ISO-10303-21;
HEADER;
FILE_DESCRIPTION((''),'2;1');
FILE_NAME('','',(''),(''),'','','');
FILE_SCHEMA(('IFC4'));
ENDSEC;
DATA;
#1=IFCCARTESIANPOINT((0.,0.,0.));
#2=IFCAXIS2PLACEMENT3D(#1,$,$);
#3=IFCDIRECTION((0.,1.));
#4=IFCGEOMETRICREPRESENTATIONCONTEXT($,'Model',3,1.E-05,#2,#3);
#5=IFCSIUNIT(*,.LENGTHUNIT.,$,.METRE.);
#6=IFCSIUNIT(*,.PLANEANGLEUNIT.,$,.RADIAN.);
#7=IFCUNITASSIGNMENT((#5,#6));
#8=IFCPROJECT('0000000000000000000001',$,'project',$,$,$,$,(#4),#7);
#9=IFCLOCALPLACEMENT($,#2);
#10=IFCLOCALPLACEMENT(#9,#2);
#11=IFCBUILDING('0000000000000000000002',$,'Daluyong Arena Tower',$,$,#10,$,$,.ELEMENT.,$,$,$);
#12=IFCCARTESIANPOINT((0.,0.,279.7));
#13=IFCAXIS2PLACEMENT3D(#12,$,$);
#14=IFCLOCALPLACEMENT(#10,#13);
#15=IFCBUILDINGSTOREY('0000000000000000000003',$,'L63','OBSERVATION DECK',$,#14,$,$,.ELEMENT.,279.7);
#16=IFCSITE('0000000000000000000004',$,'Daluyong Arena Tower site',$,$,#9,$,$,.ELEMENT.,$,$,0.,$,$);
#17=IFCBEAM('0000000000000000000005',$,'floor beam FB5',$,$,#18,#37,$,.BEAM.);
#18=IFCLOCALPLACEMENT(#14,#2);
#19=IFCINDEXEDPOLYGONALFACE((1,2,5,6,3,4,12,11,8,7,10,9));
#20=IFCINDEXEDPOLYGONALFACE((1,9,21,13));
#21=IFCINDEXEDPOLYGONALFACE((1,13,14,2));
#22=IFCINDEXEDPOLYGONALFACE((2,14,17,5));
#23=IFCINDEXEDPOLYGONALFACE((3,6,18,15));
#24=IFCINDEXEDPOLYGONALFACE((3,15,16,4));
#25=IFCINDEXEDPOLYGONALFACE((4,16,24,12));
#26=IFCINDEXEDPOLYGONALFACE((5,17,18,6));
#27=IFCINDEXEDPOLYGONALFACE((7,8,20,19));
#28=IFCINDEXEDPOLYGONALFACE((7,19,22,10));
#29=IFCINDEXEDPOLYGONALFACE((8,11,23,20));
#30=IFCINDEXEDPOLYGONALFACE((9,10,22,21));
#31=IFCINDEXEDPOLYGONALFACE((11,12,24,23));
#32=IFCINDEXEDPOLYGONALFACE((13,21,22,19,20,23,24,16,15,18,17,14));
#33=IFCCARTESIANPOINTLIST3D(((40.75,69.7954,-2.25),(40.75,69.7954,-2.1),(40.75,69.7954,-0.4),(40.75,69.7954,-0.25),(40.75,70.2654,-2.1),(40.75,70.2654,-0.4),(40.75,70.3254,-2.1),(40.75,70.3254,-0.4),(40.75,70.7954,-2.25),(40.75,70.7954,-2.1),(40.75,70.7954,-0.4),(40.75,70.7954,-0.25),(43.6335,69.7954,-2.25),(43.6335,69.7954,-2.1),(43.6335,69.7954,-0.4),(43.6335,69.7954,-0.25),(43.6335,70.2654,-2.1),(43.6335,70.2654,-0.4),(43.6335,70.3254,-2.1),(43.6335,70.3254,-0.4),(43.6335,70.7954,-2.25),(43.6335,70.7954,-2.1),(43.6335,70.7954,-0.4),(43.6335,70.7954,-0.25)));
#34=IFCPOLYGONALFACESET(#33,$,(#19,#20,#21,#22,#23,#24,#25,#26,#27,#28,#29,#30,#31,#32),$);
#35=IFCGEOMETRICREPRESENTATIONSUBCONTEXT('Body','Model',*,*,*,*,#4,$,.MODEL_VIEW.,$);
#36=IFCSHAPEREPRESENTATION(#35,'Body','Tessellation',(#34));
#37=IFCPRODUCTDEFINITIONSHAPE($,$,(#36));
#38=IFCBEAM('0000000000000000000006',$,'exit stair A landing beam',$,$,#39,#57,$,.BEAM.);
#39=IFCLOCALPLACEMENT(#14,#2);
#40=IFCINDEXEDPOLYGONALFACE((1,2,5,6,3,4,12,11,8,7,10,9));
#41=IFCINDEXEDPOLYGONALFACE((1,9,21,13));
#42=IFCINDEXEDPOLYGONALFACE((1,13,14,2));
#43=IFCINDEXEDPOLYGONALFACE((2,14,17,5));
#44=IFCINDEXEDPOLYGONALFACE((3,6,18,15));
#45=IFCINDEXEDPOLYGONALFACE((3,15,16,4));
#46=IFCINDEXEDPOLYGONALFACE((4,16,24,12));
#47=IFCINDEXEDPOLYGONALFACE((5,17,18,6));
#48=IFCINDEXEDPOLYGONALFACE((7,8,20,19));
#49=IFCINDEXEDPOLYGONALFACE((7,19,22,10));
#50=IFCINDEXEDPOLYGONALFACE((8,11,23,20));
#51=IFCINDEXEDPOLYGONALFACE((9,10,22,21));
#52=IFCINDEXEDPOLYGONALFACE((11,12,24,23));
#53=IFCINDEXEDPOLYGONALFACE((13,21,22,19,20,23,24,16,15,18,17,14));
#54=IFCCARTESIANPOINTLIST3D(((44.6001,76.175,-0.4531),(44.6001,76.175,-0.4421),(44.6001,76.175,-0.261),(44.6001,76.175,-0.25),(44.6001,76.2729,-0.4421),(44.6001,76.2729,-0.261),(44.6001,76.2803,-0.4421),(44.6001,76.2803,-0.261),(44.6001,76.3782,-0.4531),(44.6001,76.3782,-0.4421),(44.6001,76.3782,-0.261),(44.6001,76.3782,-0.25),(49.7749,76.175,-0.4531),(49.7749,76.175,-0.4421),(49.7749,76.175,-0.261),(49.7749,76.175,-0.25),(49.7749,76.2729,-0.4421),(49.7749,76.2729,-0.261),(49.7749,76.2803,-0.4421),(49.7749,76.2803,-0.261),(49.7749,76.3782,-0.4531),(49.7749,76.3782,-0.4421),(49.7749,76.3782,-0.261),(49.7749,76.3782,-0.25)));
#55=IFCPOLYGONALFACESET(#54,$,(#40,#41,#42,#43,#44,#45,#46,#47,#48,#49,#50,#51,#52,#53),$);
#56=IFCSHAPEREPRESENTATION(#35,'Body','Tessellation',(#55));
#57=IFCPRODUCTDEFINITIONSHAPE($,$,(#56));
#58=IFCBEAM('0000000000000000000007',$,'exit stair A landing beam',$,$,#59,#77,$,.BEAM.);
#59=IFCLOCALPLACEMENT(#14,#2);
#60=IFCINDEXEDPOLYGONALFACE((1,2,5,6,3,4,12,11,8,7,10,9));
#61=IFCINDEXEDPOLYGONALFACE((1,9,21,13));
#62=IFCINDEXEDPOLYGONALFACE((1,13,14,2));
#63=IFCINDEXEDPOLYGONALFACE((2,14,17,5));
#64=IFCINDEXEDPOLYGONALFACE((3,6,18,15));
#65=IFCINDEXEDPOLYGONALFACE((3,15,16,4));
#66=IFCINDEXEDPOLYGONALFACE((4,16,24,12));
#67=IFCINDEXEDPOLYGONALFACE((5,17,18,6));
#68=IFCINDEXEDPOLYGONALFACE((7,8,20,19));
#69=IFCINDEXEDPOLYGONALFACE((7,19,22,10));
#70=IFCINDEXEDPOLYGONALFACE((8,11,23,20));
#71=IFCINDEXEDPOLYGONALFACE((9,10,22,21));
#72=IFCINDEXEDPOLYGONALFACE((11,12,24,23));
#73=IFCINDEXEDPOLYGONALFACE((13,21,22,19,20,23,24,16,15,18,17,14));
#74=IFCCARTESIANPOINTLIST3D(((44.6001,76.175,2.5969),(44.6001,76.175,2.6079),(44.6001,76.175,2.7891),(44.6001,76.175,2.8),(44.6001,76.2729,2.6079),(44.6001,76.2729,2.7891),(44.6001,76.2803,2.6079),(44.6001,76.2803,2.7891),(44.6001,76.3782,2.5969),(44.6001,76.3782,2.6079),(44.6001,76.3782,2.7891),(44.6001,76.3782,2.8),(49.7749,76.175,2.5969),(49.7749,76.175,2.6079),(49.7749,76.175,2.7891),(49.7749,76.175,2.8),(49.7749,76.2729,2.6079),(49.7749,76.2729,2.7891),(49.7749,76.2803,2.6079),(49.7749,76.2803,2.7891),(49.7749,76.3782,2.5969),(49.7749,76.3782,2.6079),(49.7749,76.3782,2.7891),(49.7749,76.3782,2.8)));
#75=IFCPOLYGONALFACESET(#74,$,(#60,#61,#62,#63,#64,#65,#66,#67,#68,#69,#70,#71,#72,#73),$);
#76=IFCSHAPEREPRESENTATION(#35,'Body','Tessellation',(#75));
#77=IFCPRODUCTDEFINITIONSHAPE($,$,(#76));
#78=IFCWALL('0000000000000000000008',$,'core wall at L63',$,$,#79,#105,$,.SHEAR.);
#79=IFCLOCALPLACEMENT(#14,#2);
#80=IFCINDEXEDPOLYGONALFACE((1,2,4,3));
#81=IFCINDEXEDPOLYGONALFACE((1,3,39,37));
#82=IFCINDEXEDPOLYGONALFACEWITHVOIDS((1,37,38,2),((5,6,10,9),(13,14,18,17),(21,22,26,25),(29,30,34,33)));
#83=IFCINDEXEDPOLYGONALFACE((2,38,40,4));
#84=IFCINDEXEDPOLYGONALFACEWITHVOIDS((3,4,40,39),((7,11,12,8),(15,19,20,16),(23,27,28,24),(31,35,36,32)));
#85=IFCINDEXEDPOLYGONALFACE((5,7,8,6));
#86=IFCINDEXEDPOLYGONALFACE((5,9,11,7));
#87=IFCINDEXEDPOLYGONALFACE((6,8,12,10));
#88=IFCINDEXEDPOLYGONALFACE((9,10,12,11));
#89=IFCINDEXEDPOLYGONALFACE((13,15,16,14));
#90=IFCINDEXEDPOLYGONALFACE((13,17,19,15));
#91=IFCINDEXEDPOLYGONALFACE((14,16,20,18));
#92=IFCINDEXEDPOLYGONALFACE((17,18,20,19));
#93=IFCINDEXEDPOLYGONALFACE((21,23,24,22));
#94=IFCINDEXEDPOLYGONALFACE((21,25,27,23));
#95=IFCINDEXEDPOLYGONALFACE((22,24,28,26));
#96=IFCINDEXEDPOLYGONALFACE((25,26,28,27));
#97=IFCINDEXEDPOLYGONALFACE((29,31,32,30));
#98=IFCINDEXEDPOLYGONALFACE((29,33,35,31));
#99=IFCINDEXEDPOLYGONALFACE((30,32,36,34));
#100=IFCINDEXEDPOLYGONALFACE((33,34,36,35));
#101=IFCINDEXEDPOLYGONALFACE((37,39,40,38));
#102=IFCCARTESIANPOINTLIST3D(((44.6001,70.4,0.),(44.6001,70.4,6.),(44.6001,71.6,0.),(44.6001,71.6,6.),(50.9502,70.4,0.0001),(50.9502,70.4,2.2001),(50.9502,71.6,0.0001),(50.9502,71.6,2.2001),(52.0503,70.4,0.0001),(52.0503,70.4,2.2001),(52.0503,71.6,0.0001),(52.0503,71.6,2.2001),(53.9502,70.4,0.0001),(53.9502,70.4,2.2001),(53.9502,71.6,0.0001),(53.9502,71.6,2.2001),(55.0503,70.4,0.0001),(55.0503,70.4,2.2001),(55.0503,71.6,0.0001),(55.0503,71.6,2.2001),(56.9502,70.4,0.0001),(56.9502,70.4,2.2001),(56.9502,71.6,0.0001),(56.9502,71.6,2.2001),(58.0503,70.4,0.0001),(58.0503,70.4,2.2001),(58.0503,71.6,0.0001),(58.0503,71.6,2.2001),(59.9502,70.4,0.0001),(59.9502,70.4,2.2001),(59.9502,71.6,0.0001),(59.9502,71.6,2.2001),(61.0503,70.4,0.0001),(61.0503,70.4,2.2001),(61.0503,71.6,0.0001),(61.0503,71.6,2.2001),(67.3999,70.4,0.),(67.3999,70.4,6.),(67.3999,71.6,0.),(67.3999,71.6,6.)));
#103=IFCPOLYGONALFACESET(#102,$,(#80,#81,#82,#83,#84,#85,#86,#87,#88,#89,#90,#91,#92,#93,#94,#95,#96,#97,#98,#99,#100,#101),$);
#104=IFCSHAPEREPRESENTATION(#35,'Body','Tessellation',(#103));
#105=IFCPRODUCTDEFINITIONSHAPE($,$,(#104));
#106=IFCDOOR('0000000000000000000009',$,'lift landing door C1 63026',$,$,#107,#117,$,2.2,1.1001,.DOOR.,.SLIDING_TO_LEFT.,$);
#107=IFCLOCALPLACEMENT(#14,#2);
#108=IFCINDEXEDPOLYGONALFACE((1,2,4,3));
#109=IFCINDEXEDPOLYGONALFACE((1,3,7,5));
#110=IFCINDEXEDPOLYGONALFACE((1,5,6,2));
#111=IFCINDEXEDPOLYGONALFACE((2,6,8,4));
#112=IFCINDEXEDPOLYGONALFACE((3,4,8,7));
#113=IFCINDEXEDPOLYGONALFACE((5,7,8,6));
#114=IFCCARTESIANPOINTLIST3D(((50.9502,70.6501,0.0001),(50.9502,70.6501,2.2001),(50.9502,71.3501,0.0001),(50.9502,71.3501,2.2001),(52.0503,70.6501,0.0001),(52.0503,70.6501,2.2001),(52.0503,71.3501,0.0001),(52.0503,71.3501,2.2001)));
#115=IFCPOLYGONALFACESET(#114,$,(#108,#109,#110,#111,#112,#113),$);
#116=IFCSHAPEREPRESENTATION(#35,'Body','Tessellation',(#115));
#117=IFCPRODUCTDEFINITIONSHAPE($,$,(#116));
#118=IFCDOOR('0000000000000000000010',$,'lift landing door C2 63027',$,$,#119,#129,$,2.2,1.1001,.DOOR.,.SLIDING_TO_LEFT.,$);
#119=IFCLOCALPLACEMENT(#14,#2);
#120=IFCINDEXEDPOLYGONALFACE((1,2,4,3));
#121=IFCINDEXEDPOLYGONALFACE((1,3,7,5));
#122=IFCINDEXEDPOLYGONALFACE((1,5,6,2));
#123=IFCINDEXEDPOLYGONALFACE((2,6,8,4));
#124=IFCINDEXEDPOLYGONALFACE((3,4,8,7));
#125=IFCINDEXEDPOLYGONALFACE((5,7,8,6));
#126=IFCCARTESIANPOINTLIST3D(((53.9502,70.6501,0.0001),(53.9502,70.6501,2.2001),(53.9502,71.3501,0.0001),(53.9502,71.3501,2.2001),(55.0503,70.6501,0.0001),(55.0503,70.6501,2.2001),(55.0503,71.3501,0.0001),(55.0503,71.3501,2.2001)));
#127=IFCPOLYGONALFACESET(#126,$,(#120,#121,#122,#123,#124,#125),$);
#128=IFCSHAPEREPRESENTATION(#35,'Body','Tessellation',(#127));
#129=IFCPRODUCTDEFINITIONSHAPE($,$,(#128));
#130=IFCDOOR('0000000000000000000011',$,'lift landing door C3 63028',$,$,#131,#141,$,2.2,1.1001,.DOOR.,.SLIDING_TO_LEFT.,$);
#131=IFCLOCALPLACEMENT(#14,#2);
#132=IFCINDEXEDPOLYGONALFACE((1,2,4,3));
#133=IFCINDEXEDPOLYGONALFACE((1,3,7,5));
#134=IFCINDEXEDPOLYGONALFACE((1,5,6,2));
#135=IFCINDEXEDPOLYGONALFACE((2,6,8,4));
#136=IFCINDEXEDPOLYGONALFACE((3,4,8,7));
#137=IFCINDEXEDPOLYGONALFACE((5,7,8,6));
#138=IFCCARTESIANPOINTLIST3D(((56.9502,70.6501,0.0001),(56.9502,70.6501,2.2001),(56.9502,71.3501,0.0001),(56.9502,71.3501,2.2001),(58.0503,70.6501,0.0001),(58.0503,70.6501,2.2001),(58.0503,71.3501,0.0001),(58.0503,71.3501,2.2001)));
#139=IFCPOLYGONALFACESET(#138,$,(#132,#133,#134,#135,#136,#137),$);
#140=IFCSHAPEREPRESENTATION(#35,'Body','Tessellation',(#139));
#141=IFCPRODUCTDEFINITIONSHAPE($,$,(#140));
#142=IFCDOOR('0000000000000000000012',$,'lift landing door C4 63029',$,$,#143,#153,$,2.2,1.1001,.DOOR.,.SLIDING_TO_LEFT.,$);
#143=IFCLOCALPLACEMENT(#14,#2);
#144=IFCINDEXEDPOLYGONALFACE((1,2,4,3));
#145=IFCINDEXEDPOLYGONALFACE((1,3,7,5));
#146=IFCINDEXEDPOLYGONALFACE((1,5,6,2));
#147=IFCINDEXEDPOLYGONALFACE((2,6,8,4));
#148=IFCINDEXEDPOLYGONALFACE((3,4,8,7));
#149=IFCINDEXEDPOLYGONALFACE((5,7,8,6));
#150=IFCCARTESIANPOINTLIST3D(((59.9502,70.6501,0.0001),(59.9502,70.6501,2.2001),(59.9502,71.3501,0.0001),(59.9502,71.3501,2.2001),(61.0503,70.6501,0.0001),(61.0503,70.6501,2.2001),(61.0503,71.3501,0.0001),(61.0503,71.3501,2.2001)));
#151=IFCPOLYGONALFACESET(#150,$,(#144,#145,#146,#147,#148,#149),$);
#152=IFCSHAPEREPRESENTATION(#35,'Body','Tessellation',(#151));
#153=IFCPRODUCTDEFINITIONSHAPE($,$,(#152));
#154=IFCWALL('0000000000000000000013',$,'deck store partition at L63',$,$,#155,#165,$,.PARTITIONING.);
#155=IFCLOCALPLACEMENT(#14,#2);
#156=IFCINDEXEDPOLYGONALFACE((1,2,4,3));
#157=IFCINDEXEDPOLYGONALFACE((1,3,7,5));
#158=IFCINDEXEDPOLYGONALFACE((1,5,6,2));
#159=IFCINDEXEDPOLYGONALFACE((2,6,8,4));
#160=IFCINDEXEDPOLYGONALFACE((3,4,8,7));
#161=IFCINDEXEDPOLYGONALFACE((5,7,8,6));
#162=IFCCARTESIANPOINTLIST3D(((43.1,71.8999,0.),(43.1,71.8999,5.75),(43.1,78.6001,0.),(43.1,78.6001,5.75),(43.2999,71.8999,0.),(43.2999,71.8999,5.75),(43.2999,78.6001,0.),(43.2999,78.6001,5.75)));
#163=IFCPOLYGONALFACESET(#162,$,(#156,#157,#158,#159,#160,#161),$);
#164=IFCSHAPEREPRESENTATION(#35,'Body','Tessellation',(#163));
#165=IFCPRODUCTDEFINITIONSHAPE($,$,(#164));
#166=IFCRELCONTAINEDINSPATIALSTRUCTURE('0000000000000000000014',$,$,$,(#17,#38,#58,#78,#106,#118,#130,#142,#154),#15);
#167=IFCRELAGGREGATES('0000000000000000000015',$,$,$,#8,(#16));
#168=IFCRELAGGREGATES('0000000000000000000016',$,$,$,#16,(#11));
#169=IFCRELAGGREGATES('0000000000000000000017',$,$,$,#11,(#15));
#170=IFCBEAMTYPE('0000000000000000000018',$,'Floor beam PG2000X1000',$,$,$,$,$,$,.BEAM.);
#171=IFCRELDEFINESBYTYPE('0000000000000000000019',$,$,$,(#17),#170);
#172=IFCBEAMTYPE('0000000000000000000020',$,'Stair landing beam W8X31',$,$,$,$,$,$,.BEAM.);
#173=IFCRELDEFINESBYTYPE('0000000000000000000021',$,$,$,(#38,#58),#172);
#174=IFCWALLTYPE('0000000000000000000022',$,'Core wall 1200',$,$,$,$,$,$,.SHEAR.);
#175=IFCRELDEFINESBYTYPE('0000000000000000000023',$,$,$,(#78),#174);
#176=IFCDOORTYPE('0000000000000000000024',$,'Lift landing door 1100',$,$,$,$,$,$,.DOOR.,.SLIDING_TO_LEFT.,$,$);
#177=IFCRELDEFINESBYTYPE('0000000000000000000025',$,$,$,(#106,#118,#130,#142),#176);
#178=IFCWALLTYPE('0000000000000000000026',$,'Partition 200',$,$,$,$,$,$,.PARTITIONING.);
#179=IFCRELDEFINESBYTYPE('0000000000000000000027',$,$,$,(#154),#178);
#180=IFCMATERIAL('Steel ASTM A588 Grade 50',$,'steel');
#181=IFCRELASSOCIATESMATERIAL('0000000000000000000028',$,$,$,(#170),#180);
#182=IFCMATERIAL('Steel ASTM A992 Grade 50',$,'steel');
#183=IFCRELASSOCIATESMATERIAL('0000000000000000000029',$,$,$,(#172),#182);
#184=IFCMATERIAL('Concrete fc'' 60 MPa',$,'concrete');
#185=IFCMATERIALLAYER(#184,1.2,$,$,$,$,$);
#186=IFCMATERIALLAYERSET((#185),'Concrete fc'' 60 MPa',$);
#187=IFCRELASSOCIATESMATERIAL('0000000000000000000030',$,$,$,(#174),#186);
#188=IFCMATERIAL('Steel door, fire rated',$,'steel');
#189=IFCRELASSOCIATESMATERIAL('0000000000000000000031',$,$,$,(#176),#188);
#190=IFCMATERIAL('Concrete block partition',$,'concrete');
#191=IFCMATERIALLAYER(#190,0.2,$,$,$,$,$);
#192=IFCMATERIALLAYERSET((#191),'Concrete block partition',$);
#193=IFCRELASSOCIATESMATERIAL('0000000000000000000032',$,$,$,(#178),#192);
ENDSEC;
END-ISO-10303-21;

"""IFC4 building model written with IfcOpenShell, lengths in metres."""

from ifc_helpers import new_model, si_unit, direction, frame, frame_2d, origin, origin_2d, place, context, subcontext, project, spatial, rectangle, i_section, extrude, material, layer, layer_set, material_profile, profile_set, type_object, element, fill, save


model = new_model("IFC4")

# Units and contexts
model_context = context("Model", 3, precision=1e-05, world=origin(), true_north=direction((0.0, 1.0)))
body_context = subcontext(model_context, "Body", "Model", "MODEL_VIEW")
ifc_project = project(units=[si_unit("LENGTHUNIT", "METRE"), si_unit("PLANEANGLEUNIT", "RADIAN")], contexts=[model_context])

# Site, building, storey
site_placement = place(None, origin())
site = spatial("IfcSite", under=ifc_project, at=site_placement, Name="Daluyong Arena Tower site", CompositionType="ELEMENT", RefElevation=0.0)
building_placement = place(site_placement, origin())
building = spatial("IfcBuilding", under=site, at=building_placement, Name="Daluyong Arena Tower", CompositionType="ELEMENT")
storey_placement = place(building_placement, frame((0.0, 0.0, 279.7)))
storey = spatial("IfcBuildingStorey", under=building, at=storey_placement, Name="L63", Description="OBSERVATION DECK", CompositionType="ELEMENT", Elevation=279.7)

# Beams
ifc_material_1 = material(Name="Steel ASTM A588 Grade 50", Category="steel")
ifc_material_profile_1 = material_profile(ifc_material_1, i_section(OverallWidth=1.0, OverallDepth=2.0, WebThickness=0.06, FlangeThickness=0.15, at=origin_2d()))
ifc_profile_set_1 = profile_set([ifc_material_profile_1], Name="Steel ASTM A588 Grade 50")
beam_type_1 = type_object("IfcBeamType", Name="Floor beam PG2000X1000", PredefinedType="BEAM", material=ifc_profile_set_1)
beam_placement = place(storey_placement, frame((40.75, 70.2954, -1.25), z_axis=(1.0, 0.0, 0.0), x_axis=(0.0, 1.0, 0.0)))
element("IfcBeam", 1, at=beam_placement, inside=storey, type_object=beam_type_1, Name="floor beam FB5", PredefinedType="BEAM", context=body_context, shape_type="SweptSolid", body=[
    extrude(i_section(OverallWidth=1.0, OverallDepth=2.0, WebThickness=0.06, FlangeThickness=0.15, at=origin_2d()), origin(), (0.0, 0.0, 1.0), 2.8835),
])
ifc_material_2 = material(Name="Steel ASTM A992 Grade 50", Category="steel")
ifc_material_profile_2 = material_profile(ifc_material_2, i_section(OverallWidth=0.2031, OverallDepth=0.2031, WebThickness=0.0073, FlangeThickness=0.011, at=origin_2d()))
ifc_profile_set_2 = profile_set([ifc_material_profile_2], Name="Steel ASTM A992 Grade 50")
beam_type_2 = type_object("IfcBeamType", Name="Stair landing beam W8X31", PredefinedType="BEAM", material=ifc_profile_set_2)
for number, where, z_axis, x_axis, name in (
    (2, (44.6001, 76.2766, -0.3516), (1.0, 0.0, 0.0), (0.0, 1.0, 0.0), "exit stair A landing beam"),
    (3, (44.6001, 76.2766, 2.6985), (1.0, 0.0, 0.0), (0.0, 1.0, 0.0), "exit stair A landing beam"),
):
    element("IfcBeam", number, at=place(storey_placement, frame(where, z_axis=z_axis, x_axis=x_axis)), inside=storey, type_object=beam_type_2, Name=name, PredefinedType="BEAM", context=body_context, shape_type="SweptSolid", body=[
        extrude(i_section(OverallWidth=0.2031, OverallDepth=0.2031, WebThickness=0.0073, FlangeThickness=0.011, at=origin_2d()), origin(), (0.0, 0.0, 1.0), 5.1748),
    ])

# Shared definitions
ifc_material_3 = material(Name="Concrete fc' 60 MPa", Category="concrete")
ifc_layer_1 = layer(ifc_material_3, 1.2)
ifc_layer_set_1 = layer_set([ifc_layer_1], Name="Concrete fc' 60 MPa")
wall_type_1 = type_object("IfcWallType", Name="Core wall 1200", PredefinedType="SHEAR", material=ifc_layer_set_1)

# Wall, openings, doors
wall_1_placement = place(storey_placement, frame((44.6001, 71.0, 0.0), z_axis=(0.0, 0.0, 1.0), x_axis=(1.0, 0.0, 0.0)))
wall_1 = element("IfcWall", 4, at=wall_1_placement, inside=storey, type_object=wall_type_1, Name="core wall at L63", PredefinedType="SHEAR", context=body_context, shape_type="SweptSolid", body=[
    extrude(rectangle(XDim=22.7998, YDim=1.2, at=frame_2d((11.3999, 0.0))), origin(), (0.0, 0.0, 1.0), 6.0),
])
opening_1_placement = place(wall_1_placement, frame((6.3501, 0.0, 0.0)))
opening_1 = element("IfcOpeningElement", 5, at=opening_1_placement, cuts=wall_1, PredefinedType="OPENING", context=body_context, shape_type="SweptSolid", body=[
    extrude(rectangle(XDim=1.1001, YDim=2.2, at=frame_2d((0.55, 1.1001))), frame((0.0, 0.6099, 0.0), z_axis=(0.0, -1.0, 0.0), x_axis=(1.0, 0.0, 0.0)), (0.0, 0.0, 1.0), 1.22),
])
opening_2_placement = place(wall_1_placement, frame((9.3501, 0.0, 0.0)))
opening_2 = element("IfcOpeningElement", 6, at=opening_2_placement, cuts=wall_1, PredefinedType="OPENING", context=body_context, shape_type="SweptSolid", body=[
    extrude(rectangle(XDim=1.1001, YDim=2.2, at=frame_2d((0.55, 1.1001))), frame((0.0, 0.6099, 0.0), z_axis=(0.0, -1.0, 0.0), x_axis=(1.0, 0.0, 0.0)), (0.0, 0.0, 1.0), 1.22),
])
opening_3_placement = place(wall_1_placement, frame((12.3501, 0.0, 0.0)))
opening_3 = element("IfcOpeningElement", 7, at=opening_3_placement, cuts=wall_1, PredefinedType="OPENING", context=body_context, shape_type="SweptSolid", body=[
    extrude(rectangle(XDim=1.1001, YDim=2.2, at=frame_2d((0.55, 1.1001))), frame((0.0, 0.6099, 0.0), z_axis=(0.0, -1.0, 0.0), x_axis=(1.0, 0.0, 0.0)), (0.0, 0.0, 1.0), 1.22),
])
opening_4_placement = place(wall_1_placement, frame((15.3501, 0.0, 0.0)))
opening_4 = element("IfcOpeningElement", 8, at=opening_4_placement, cuts=wall_1, PredefinedType="OPENING", context=body_context, shape_type="SweptSolid", body=[
    extrude(rectangle(XDim=1.1001, YDim=2.2, at=frame_2d((0.55, 1.1001))), frame((0.0, 0.6099, 0.0), z_axis=(0.0, -1.0, 0.0), x_axis=(1.0, 0.0, 0.0)), (0.0, 0.0, 1.0), 1.22),
])
ifc_material_4 = material(Name="Steel door, fire rated", Category="steel")
door_type_1 = type_object("IfcDoorType", Name="Lift landing door 1100", OperationType="SLIDING_TO_LEFT", PredefinedType="DOOR", material=ifc_material_4)
door_1_placement = place(opening_1_placement, origin())
door_1 = element("IfcDoor", 9, at=door_1_placement, inside=storey, type_object=door_type_1, Name="lift landing door C1 63026", OperationType="SLIDING_TO_LEFT", OverallHeight=2.2, OverallWidth=1.1001, PredefinedType="DOOR", context=body_context, shape_type="SweptSolid", body=[
    extrude(rectangle(XDim=1.1001, YDim=2.2, at=frame_2d((0.55, 1.1001))), frame((0.0, 0.3501, 0.0), z_axis=(0.0, -1.0, 0.0), x_axis=(1.0, 0.0, 0.0)), (0.0, 0.0, 1.0), 0.7),
])
fill(opening_1, door_1)
door_2_placement = place(opening_2_placement, origin())
door_2 = element("IfcDoor", 10, at=door_2_placement, inside=storey, type_object=door_type_1, Name="lift landing door C2 63027", OperationType="SLIDING_TO_LEFT", OverallHeight=2.2, OverallWidth=1.1001, PredefinedType="DOOR", context=body_context, shape_type="SweptSolid", body=[
    extrude(rectangle(XDim=1.1001, YDim=2.2, at=frame_2d((0.55, 1.1001))), frame((0.0, 0.3501, 0.0), z_axis=(0.0, -1.0, 0.0), x_axis=(1.0, 0.0, 0.0)), (0.0, 0.0, 1.0), 0.7),
])
fill(opening_2, door_2)
door_3_placement = place(opening_3_placement, origin())
door_3 = element("IfcDoor", 11, at=door_3_placement, inside=storey, type_object=door_type_1, Name="lift landing door C3 63028", OperationType="SLIDING_TO_LEFT", OverallHeight=2.2, OverallWidth=1.1001, PredefinedType="DOOR", context=body_context, shape_type="SweptSolid", body=[
    extrude(rectangle(XDim=1.1001, YDim=2.2, at=frame_2d((0.55, 1.1001))), frame((0.0, 0.3501, 0.0), z_axis=(0.0, -1.0, 0.0), x_axis=(1.0, 0.0, 0.0)), (0.0, 0.0, 1.0), 0.7),
])
fill(opening_3, door_3)
door_4_placement = place(opening_4_placement, origin())
door_4 = element("IfcDoor", 12, at=door_4_placement, inside=storey, type_object=door_type_1, Name="lift landing door C4 63029", OperationType="SLIDING_TO_LEFT", OverallHeight=2.2, OverallWidth=1.1001, PredefinedType="DOOR", context=body_context, shape_type="SweptSolid", body=[
    extrude(rectangle(XDim=1.1001, YDim=2.2, at=frame_2d((0.55, 1.1001))), frame((0.0, 0.3501, 0.0), z_axis=(0.0, -1.0, 0.0), x_axis=(1.0, 0.0, 0.0)), (0.0, 0.0, 1.0), 0.7),
])
fill(opening_4, door_4)

# Wall
ifc_material_5 = material(Name="Concrete block partition", Category="concrete")
ifc_layer_2 = layer(ifc_material_5, 0.2)
ifc_layer_set_2 = layer_set([ifc_layer_2], Name="Concrete block partition")
wall_type_2 = type_object("IfcWallType", Name="Partition 200", PredefinedType="PARTITIONING", material=ifc_layer_set_2)
wall_2_placement = place(storey_placement, frame((43.2, 71.8999, 0.0), z_axis=(0.0, 0.0, 1.0), x_axis=(0.0, 1.0, 0.0)))
element("IfcWall", 13, at=wall_2_placement, inside=storey, type_object=wall_type_2, Name="deck store partition at L63", PredefinedType="PARTITIONING", context=body_context, shape_type="SweptSolid", body=[
    extrude(rectangle(XDim=6.7002, YDim=0.2, at=frame_2d((3.3501, 0.0))), origin(), (0.0, 0.0, 1.0), 5.75),
])

save(model, "model.ifc")
